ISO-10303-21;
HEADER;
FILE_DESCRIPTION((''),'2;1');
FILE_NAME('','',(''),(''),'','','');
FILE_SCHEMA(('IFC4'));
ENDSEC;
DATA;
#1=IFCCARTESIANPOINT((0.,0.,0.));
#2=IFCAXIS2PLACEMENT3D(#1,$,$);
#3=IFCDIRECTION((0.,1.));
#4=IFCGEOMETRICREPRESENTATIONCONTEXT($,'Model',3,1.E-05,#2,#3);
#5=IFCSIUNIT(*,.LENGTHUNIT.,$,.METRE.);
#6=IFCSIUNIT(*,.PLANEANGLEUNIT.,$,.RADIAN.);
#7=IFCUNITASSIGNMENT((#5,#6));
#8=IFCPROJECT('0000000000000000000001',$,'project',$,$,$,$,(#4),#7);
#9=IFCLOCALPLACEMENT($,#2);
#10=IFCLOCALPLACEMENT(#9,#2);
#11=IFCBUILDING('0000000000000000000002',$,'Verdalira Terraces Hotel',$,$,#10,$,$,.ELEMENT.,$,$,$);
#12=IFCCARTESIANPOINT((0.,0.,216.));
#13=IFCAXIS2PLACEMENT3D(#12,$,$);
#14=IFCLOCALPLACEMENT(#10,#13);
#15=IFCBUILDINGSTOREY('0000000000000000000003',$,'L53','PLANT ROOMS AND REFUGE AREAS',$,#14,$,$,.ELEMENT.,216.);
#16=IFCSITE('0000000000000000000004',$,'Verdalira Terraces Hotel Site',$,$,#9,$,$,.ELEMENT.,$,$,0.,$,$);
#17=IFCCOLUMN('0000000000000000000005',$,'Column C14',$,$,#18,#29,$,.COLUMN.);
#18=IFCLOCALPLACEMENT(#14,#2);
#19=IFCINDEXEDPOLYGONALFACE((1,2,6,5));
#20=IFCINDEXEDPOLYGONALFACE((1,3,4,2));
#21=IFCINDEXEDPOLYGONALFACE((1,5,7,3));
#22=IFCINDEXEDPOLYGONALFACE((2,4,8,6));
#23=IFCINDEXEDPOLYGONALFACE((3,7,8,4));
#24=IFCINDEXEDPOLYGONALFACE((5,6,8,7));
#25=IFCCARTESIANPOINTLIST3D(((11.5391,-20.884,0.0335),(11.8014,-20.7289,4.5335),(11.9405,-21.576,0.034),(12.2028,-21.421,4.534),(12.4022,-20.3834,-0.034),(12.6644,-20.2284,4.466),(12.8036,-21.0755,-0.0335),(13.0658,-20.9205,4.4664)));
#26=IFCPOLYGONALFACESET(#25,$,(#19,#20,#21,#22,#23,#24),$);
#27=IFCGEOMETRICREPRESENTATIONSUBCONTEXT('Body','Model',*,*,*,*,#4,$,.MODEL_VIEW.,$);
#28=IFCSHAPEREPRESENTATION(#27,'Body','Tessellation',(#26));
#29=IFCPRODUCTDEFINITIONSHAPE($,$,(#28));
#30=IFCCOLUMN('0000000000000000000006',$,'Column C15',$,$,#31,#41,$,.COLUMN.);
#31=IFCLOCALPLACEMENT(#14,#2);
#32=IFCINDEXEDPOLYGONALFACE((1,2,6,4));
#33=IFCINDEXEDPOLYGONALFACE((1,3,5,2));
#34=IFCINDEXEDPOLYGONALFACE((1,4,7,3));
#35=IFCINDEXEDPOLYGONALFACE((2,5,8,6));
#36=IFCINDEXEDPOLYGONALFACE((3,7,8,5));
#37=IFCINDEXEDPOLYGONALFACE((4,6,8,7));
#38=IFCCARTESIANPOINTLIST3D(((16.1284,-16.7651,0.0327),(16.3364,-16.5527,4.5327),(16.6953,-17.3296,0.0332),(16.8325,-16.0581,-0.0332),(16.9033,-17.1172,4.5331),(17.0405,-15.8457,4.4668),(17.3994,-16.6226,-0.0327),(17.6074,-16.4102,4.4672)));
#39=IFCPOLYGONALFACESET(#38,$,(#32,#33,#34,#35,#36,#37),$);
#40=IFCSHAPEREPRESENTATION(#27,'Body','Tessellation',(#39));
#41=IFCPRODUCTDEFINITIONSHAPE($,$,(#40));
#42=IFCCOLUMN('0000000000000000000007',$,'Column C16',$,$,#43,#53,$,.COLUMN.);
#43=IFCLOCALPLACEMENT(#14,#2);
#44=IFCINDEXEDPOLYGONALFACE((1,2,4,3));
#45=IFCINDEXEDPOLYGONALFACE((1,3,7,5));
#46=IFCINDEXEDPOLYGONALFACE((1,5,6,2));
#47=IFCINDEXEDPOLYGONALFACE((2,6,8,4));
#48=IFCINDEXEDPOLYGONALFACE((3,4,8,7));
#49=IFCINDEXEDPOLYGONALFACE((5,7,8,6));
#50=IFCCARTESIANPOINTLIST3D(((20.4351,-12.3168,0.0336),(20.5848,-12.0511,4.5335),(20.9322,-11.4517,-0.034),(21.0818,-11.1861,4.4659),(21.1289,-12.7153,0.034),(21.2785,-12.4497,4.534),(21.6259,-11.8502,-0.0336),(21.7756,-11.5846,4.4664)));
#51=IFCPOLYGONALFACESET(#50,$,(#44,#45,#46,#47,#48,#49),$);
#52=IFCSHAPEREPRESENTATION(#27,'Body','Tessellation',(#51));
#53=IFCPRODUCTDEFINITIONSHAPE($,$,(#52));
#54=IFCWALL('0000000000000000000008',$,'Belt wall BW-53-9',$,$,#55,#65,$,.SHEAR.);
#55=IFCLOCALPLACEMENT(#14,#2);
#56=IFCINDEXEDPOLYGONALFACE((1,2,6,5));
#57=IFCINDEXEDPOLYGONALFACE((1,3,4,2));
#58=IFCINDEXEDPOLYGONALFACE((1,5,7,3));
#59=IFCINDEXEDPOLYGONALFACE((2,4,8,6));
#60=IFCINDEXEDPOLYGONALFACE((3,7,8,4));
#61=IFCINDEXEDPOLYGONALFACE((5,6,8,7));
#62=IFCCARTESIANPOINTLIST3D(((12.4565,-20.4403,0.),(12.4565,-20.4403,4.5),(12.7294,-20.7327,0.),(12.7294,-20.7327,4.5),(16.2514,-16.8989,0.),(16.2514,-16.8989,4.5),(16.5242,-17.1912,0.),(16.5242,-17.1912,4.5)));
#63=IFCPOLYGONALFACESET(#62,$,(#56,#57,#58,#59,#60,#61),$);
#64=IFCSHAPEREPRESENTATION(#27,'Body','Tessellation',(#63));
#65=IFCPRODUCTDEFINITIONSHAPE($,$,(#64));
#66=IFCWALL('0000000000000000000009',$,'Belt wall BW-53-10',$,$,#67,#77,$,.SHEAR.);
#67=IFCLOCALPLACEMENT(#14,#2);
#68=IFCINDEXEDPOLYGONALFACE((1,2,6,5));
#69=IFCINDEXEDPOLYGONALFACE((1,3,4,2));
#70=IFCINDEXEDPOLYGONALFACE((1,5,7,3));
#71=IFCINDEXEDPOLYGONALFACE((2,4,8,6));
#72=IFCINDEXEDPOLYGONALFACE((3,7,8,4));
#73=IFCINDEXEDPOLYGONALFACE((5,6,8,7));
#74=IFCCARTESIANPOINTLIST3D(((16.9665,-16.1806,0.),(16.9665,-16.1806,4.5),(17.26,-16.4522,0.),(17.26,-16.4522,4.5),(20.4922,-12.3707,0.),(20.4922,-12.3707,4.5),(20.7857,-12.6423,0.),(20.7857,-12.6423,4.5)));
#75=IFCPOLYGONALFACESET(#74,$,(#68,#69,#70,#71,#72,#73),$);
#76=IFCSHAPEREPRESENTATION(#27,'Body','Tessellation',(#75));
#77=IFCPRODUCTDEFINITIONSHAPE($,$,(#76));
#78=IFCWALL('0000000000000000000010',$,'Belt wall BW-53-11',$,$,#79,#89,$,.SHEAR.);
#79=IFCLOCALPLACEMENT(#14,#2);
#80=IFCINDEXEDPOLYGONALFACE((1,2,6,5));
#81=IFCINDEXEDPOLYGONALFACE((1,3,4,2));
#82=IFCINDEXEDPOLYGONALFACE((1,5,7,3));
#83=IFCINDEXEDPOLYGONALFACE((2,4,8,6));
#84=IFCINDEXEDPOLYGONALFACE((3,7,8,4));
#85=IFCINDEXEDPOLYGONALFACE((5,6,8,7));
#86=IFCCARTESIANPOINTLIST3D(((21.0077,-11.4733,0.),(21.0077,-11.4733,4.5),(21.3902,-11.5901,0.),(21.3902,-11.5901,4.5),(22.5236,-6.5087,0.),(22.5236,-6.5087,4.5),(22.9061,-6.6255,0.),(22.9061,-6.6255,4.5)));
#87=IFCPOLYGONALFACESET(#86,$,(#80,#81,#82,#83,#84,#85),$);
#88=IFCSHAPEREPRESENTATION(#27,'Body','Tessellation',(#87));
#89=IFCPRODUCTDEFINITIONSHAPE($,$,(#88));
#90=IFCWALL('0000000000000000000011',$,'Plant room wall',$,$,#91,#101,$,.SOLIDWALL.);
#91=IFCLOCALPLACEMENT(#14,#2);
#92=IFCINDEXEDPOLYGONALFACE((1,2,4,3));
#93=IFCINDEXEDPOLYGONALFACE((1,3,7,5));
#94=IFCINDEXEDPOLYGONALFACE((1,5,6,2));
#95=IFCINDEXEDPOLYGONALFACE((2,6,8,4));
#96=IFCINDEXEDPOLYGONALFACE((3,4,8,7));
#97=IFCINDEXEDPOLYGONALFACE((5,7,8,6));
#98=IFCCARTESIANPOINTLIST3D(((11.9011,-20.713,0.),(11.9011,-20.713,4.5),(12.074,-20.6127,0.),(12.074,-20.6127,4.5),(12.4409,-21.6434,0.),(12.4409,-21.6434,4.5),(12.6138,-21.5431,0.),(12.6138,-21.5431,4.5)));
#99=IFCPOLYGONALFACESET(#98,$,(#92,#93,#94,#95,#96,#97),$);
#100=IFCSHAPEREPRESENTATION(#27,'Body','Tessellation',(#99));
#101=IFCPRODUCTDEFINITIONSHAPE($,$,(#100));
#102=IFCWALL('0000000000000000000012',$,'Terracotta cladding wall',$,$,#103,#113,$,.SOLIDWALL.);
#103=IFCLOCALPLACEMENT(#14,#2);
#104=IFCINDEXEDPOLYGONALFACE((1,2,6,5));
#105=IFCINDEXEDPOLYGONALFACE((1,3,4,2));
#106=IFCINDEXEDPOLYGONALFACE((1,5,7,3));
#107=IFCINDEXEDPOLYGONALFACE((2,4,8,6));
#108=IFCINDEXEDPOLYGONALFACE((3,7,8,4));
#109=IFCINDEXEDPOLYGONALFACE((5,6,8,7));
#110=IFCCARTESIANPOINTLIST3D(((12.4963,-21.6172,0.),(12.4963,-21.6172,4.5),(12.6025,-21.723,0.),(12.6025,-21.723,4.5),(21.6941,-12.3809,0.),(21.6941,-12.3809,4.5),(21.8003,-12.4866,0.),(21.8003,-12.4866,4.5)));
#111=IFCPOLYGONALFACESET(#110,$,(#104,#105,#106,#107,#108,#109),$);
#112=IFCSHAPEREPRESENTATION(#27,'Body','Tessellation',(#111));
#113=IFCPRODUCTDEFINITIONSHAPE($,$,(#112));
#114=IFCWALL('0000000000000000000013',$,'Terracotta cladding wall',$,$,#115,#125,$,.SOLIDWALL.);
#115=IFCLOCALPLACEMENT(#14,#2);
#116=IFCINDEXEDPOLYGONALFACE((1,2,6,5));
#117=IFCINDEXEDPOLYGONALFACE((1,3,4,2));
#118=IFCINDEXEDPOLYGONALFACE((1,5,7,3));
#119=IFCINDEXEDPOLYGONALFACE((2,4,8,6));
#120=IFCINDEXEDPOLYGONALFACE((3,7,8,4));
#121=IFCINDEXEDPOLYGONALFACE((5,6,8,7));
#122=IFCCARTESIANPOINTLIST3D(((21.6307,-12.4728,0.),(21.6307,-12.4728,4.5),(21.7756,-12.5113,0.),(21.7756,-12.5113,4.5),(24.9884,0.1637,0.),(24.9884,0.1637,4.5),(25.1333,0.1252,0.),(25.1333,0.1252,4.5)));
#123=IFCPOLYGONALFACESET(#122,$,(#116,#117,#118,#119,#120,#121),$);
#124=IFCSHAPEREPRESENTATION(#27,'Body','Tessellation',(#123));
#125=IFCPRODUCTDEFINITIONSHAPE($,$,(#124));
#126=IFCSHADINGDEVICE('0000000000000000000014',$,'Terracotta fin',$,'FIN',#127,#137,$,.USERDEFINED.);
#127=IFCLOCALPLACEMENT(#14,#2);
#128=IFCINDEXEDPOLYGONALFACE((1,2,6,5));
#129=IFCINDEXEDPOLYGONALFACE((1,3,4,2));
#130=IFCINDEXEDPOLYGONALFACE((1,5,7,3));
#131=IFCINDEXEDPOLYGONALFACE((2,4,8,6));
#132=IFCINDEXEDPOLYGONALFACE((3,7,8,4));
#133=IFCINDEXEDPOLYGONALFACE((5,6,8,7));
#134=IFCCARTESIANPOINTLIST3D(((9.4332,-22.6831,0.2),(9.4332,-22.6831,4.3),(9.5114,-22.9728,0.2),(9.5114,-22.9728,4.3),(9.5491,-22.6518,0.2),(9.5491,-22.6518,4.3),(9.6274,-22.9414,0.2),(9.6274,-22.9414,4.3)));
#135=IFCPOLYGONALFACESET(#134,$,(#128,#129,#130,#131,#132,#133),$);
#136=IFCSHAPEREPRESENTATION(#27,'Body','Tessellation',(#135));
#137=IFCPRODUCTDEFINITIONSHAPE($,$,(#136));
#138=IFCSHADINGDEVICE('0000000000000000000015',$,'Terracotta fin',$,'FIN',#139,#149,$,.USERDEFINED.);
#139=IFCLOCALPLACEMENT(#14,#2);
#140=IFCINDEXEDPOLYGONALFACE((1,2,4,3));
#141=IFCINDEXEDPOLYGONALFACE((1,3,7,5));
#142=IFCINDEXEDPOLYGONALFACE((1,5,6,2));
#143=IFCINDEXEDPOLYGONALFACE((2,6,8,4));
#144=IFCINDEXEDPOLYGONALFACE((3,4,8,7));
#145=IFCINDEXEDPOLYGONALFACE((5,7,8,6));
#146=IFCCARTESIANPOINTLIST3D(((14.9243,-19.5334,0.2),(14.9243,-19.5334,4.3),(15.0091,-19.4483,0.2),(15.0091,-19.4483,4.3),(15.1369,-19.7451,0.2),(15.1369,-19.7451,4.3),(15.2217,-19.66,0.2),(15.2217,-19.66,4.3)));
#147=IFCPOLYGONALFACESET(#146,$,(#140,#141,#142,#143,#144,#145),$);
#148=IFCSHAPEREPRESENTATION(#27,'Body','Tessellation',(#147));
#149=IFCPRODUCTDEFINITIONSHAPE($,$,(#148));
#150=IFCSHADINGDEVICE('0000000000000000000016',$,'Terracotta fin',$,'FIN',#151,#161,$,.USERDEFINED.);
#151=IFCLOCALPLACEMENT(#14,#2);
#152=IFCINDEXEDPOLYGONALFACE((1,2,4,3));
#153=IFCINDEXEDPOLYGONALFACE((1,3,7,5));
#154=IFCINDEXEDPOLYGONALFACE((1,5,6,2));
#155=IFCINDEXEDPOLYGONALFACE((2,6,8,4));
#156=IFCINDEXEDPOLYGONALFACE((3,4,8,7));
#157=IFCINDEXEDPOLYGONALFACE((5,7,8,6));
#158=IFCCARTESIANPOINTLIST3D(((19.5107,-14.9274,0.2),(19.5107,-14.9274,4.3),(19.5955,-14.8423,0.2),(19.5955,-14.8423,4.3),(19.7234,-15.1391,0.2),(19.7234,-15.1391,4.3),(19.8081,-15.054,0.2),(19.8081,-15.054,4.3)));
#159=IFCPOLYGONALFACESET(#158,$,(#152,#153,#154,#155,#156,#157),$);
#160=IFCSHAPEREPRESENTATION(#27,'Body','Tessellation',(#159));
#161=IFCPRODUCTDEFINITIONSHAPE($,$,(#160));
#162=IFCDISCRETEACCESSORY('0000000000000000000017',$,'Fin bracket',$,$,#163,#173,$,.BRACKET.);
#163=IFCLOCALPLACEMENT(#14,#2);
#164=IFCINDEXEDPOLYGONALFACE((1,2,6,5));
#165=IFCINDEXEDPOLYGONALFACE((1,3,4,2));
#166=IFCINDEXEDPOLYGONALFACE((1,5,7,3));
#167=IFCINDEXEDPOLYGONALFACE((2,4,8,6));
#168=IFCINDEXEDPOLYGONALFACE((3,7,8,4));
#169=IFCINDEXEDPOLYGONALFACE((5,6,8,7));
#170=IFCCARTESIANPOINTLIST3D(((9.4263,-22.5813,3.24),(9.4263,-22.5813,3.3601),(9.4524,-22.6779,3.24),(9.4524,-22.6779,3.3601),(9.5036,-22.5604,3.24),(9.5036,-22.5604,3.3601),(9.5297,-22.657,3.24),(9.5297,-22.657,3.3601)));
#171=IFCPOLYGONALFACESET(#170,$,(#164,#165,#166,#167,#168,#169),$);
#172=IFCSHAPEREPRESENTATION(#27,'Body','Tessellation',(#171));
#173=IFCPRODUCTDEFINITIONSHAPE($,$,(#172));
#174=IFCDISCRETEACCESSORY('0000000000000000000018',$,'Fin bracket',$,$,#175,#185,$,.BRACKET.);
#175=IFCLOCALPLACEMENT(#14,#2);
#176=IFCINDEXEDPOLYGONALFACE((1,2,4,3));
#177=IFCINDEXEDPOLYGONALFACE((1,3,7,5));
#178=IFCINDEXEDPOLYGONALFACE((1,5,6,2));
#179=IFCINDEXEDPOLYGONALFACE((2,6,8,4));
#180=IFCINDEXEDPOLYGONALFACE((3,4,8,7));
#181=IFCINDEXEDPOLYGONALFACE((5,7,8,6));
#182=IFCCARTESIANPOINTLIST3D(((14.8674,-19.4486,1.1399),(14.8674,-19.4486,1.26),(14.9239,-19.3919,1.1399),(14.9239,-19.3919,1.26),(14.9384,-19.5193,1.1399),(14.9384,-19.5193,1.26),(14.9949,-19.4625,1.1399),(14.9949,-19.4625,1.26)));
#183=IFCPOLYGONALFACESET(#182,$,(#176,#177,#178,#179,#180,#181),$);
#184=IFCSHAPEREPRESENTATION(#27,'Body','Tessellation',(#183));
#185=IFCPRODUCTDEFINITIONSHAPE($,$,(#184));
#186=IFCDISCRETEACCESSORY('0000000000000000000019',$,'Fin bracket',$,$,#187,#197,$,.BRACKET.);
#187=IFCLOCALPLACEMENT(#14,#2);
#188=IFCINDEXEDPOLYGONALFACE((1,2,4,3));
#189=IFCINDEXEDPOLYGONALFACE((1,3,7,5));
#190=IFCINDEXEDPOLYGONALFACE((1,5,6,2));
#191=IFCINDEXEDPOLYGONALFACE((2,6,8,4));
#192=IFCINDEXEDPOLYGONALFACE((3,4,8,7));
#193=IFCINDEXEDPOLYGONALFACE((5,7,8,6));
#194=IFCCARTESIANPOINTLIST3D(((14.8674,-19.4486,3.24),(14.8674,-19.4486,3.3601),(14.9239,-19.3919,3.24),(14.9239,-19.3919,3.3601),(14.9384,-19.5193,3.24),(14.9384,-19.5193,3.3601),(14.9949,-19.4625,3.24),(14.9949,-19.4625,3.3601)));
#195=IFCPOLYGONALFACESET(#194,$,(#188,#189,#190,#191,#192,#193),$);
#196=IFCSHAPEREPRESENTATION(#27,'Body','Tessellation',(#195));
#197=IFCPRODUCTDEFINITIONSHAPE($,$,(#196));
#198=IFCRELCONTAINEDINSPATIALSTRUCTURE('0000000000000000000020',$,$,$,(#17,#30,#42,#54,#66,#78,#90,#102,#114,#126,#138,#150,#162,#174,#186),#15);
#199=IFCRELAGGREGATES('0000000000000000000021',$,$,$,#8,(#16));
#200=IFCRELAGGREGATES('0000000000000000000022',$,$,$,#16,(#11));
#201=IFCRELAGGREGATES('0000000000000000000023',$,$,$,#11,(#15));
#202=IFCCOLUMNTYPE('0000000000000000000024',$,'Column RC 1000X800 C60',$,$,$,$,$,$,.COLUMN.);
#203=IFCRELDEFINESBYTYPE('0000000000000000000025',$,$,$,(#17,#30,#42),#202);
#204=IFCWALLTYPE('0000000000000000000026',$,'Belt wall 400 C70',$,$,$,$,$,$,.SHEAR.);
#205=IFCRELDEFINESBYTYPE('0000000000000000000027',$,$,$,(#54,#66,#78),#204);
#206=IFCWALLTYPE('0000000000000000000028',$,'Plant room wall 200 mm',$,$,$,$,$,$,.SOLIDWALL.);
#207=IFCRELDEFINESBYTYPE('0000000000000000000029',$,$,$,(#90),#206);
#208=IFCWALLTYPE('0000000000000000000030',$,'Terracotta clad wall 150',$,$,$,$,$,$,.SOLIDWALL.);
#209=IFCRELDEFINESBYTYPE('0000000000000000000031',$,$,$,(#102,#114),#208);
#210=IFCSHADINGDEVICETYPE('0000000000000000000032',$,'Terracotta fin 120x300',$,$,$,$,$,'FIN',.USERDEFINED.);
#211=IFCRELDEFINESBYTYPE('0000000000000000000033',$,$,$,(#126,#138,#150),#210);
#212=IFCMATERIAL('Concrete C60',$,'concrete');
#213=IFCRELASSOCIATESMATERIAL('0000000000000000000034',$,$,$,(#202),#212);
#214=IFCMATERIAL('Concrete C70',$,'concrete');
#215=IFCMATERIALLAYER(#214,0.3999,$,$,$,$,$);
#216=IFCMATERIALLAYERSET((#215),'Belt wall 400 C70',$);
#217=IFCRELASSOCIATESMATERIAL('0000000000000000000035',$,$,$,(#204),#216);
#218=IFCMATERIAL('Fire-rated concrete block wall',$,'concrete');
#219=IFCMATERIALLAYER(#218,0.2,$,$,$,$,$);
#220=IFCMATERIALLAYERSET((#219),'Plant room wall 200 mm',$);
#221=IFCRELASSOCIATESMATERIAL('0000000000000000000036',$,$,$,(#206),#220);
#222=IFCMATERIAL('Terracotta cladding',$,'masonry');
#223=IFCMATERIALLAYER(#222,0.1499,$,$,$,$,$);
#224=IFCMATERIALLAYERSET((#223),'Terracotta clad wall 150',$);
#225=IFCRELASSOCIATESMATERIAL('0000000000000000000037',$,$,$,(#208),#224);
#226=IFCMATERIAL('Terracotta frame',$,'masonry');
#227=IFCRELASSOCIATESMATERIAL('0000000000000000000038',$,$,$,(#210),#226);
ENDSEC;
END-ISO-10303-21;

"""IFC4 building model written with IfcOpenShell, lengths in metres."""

from ifc_helpers import new_model, si_unit, direction, frame, frame_2d, origin, origin_2d, place, context, subcontext, project, spatial, rectangle, extrude, material, layer, layer_set, material_profile, profile_set, type_object, element, save


model = new_model("IFC4")

# Units and contexts
model_context = context("Model", 3, precision=1e-05, world=origin(), true_north=direction((0.0, 1.0)))
body_context = subcontext(model_context, "Body", "Model", "MODEL_VIEW")
ifc_project = project(units=[si_unit("LENGTHUNIT", "METRE"), si_unit("PLANEANGLEUNIT", "RADIAN")], contexts=[model_context])

# Site, building, storey
site_placement = place(None, origin())
site = spatial("IfcSite", under=ifc_project, at=site_placement, Name="Verdalira Terraces Hotel Site", CompositionType="ELEMENT", RefElevation=0.0)
building_placement = place(site_placement, origin())
building = spatial("IfcBuilding", under=site, at=building_placement, Name="Verdalira Terraces Hotel", CompositionType="ELEMENT")
storey_placement = place(building_placement, frame((0.0, 0.0, 216.0)))
storey = spatial("IfcBuildingStorey", under=building, at=storey_placement, Name="L53", Description="PLANT ROOMS AND REFUGE AREAS", CompositionType="ELEMENT", Elevation=216.0)

# Columns
ifc_material_1 = material(Name="Concrete C60", Category="concrete")
ifc_material_profile_1 = material_profile(ifc_material_1, rectangle(XDim=1.0, YDim=0.8, at=origin_2d()), Name="RC 1000X800")
ifc_profile_set_1 = profile_set([ifc_material_profile_1], Name="Concrete C60")
column_type = type_object("IfcColumnType", Name="Column RC 1000X800 C60", PredefinedType="COLUMN", material=ifc_profile_set_1)
column_1_placement = place(storey_placement, frame((12.1714, -20.9797, 0.0), z_axis=(0.058135, 0.034372, 0.997717), x_axis=(-0.863077, -0.500538, 0.067534)))
element("IfcColumn", 1, at=column_1_placement, inside=storey, type_object=column_type, Name="Column C14", PredefinedType="COLUMN", context=body_context, shape_type="SweptSolid", body=[
    extrude(rectangle(XDim=1.0, YDim=0.8, at=origin_2d()), origin(), (0.0, 0.0, 1.0), 4.5103),
])
column_2_placement = place(storey_placement, frame((16.7639, -16.6938, 0.0), z_axis=(0.046123, 0.047098, 0.997825), x_axis=(0.704129, 0.707006, -0.065919)))
element("IfcColumn", 2, at=column_2_placement, inside=storey, type_object=column_type, Name="Column C15", PredefinedType="COLUMN", context=body_context, shape_type="SweptSolid", body=[
    extrude(rectangle(XDim=1.0, YDim=0.8, at=origin_2d()), origin(), (0.0, 0.0, 1.0), 4.5098),
])
column_3_placement = place(storey_placement, frame((21.0305, -12.0835, 0.0), z_axis=(0.033181, 0.058893, 0.997713), x_axis=(-0.497045, -0.865088, 0.067595)))
element("IfcColumn", 3, at=column_3_placement, inside=storey, type_object=column_type, Name="Column C16", PredefinedType="COLUMN", context=body_context, shape_type="SweptSolid", body=[
    extrude(rectangle(XDim=1.0, YDim=0.8, at=origin_2d()), origin(), (0.0, 0.0, 1.0), 4.5103),
])

# Walls
ifc_material_2 = material(Name="Concrete C70", Category="concrete")
ifc_layer_1 = layer(ifc_material_2, 0.3999)
ifc_layer_set_1 = layer_set([ifc_layer_1], Name="Belt wall 400 C70")
wall_type_1 = type_object("IfcWallType", Name="Belt wall 400 C70", PredefinedType="SHEAR", material=ifc_layer_set_1)
wall_1_placement = place(storey_placement, frame((12.593, -20.5864, 0.0), z_axis=(0.0, 0.0, 1.0), x_axis=(0.731096, 0.682275, 0.0)))
element("IfcWall", 4, at=wall_1_placement, inside=storey, type_object=wall_type_1, Name="Belt wall BW-53-9", PredefinedType="SHEAR", context=body_context, shape_type="SweptSolid", body=[
    extrude(rectangle(XDim=5.1907, YDim=0.3999, at=frame_2d((2.5952, 0.0))), origin(), (0.0, 0.0, 1.0), 4.5),
])
for number, where, z_axis, x_axis, name in (
    (5, (17.1133, -16.3164, 0.0), (0.0, 0.0, 1.0), (0.679204, 0.73395, 0.0), "Belt wall BW-53-10"),
    (6, (21.199, -11.5317, 0.0), (0.0, 0.0, 1.0), (0.292026, 0.95641, 0.0), "Belt wall BW-53-11"),
):
    element("IfcWall", number, at=place(storey_placement, frame(where, z_axis=z_axis, x_axis=x_axis)), inside=storey, type_object=wall_type_1, Name=name, PredefinedType="SHEAR", context=body_context, shape_type="SweptSolid", body=[
        extrude(rectangle(XDim=5.1909, YDim=0.3999, at=frame_2d((2.5955, 0.0))), origin(), (0.0, 0.0, 1.0), 4.5),
    ])
ifc_material_3 = material(Name="Fire-rated concrete block wall", Category="concrete")
ifc_layer_2 = layer(ifc_material_3, 0.2)
ifc_layer_set_2 = layer_set([ifc_layer_2], Name="Plant room wall 200 mm")
wall_type_2 = type_object("IfcWallType", Name="Plant room wall 200 mm", PredefinedType="SOLIDWALL", material=ifc_layer_set_2)
wall_2_placement = place(storey_placement, frame((11.9875, -20.6628, 0.0), z_axis=(0.0, 0.0, 1.0), x_axis=(0.501823, -0.86497, 0.0)))
element("IfcWall", 7, at=wall_2_placement, inside=storey, type_object=wall_type_2, Name="Plant room wall", PredefinedType="SOLIDWALL", context=body_context, shape_type="SweptSolid", body=[
    extrude(rectangle(XDim=1.0757, YDim=0.2, at=frame_2d((0.5378, 0.0))), origin(), (0.0, 0.0, 1.0), 4.5),
])
ifc_material_4 = material(Name="Terracotta cladding", Category="masonry")
ifc_layer_3 = layer(ifc_material_4, 0.1499)
ifc_layer_set_3 = layer_set([ifc_layer_3], Name="Terracotta clad wall 150")
wall_type_3 = type_object("IfcWallType", Name="Terracotta clad wall 150", PredefinedType="SOLIDWALL", material=ifc_layer_set_3)
wall_3_placement = place(storey_placement, frame((12.5493, -21.6702, 0.0), z_axis=(0.0, 0.0, 1.0), x_axis=(0.705626, 0.708585, 0.0)))
element("IfcWall", 8, at=wall_3_placement, inside=storey, type_object=wall_type_3, Name="Terracotta cladding wall", PredefinedType="SOLIDWALL", context=body_context, shape_type="SweptSolid", body=[
    extrude(rectangle(XDim=13.0349, YDim=0.1499, at=frame_2d((6.5176, 0.0))), origin(), (0.0, 0.0, 1.0), 4.5),
])
wall_4_placement = place(storey_placement, frame((21.7031, -12.4922, 0.0), z_axis=(0.0, 0.0, 1.0), x_axis=(0.256801, 0.966464, 0.0)))
element("IfcWall", 9, at=wall_4_placement, inside=storey, type_object=wall_type_3, Name="Terracotta cladding wall", PredefinedType="SOLIDWALL", context=body_context, shape_type="SweptSolid", body=[
    extrude(rectangle(XDim=13.075, YDim=0.1499, at=frame_2d((6.5376, 0.0))), origin(), (0.0, 0.0, 1.0), 4.5),
])

# Shading devices
ifc_material_5 = material(Name="Terracotta frame", Category="masonry")
ifc_material_profile_2 = material_profile(ifc_material_5, rectangle(XDim=0.1201, YDim=0.3, at=origin_2d()), Name="FIN 120x300")
ifc_profile_set_2 = profile_set([ifc_material_profile_2], Name="Terracotta frame")
shading_device_type = type_object("IfcShadingDeviceType", Name="Terracotta fin 120x300", ElementType="FIN", PredefinedType="USERDEFINED", material=ifc_profile_set_2)
for number, where, z_axis, x_axis, name in (
    (10, (9.5303, -22.8123, 0.2), (0.0, 0.0, 1.0), (0.965382, 0.260842, 0.0), "Terracotta fin"),
    (11, (15.073, -19.5967, 0.2), (0.0, 0.0, 1.0), (0.705624, 0.708586, 0.0), "Terracotta fin"),
    (12, (19.6594, -14.9907, 0.2), (0.0, 0.0, 1.0), (0.705624, 0.708586, 0.0), "Terracotta fin"),
):
    element("IfcShadingDevice", number, at=place(storey_placement, frame(where, z_axis=z_axis, x_axis=x_axis)), inside=storey, type_object=shading_device_type, Name=name, ObjectType="FIN", PredefinedType="USERDEFINED", context=body_context, shape_type="SweptSolid", body=[
        extrude(rectangle(XDim=0.1201, YDim=0.3, at=origin_2d()), origin(), (0.0, 0.0, 1.0), 4.1001),
    ])

# Discrete accessories
for number, where, z_axis, x_axis, name in (
    (13, (9.478, -22.6191, 3.24), (0.0, 0.0, 1.0), (0.965382, 0.260842, 0.0), "Fin bracket"),
    (14, (14.9312, -19.4556, 1.1399), (0.0, 0.0, 1.0), (0.705624, 0.708586, 0.0), "Fin bracket"),
    (15, (14.9312, -19.4556, 3.24), (0.0, 0.0, 1.0), (0.705624, 0.708586, 0.0), "Fin bracket"),
):
    element("IfcDiscreteAccessory", number, at=place(storey_placement, frame(where, z_axis=z_axis, x_axis=x_axis)), inside=storey, Name=name, PredefinedType="BRACKET", context=body_context, shape_type="SweptSolid", body=[
        extrude(rectangle(XDim=0.0801, YDim=0.1001, at=origin_2d()), origin(), (0.0, 0.0, 1.0), 0.1201),
    ])

save(model, "model.ifc")
